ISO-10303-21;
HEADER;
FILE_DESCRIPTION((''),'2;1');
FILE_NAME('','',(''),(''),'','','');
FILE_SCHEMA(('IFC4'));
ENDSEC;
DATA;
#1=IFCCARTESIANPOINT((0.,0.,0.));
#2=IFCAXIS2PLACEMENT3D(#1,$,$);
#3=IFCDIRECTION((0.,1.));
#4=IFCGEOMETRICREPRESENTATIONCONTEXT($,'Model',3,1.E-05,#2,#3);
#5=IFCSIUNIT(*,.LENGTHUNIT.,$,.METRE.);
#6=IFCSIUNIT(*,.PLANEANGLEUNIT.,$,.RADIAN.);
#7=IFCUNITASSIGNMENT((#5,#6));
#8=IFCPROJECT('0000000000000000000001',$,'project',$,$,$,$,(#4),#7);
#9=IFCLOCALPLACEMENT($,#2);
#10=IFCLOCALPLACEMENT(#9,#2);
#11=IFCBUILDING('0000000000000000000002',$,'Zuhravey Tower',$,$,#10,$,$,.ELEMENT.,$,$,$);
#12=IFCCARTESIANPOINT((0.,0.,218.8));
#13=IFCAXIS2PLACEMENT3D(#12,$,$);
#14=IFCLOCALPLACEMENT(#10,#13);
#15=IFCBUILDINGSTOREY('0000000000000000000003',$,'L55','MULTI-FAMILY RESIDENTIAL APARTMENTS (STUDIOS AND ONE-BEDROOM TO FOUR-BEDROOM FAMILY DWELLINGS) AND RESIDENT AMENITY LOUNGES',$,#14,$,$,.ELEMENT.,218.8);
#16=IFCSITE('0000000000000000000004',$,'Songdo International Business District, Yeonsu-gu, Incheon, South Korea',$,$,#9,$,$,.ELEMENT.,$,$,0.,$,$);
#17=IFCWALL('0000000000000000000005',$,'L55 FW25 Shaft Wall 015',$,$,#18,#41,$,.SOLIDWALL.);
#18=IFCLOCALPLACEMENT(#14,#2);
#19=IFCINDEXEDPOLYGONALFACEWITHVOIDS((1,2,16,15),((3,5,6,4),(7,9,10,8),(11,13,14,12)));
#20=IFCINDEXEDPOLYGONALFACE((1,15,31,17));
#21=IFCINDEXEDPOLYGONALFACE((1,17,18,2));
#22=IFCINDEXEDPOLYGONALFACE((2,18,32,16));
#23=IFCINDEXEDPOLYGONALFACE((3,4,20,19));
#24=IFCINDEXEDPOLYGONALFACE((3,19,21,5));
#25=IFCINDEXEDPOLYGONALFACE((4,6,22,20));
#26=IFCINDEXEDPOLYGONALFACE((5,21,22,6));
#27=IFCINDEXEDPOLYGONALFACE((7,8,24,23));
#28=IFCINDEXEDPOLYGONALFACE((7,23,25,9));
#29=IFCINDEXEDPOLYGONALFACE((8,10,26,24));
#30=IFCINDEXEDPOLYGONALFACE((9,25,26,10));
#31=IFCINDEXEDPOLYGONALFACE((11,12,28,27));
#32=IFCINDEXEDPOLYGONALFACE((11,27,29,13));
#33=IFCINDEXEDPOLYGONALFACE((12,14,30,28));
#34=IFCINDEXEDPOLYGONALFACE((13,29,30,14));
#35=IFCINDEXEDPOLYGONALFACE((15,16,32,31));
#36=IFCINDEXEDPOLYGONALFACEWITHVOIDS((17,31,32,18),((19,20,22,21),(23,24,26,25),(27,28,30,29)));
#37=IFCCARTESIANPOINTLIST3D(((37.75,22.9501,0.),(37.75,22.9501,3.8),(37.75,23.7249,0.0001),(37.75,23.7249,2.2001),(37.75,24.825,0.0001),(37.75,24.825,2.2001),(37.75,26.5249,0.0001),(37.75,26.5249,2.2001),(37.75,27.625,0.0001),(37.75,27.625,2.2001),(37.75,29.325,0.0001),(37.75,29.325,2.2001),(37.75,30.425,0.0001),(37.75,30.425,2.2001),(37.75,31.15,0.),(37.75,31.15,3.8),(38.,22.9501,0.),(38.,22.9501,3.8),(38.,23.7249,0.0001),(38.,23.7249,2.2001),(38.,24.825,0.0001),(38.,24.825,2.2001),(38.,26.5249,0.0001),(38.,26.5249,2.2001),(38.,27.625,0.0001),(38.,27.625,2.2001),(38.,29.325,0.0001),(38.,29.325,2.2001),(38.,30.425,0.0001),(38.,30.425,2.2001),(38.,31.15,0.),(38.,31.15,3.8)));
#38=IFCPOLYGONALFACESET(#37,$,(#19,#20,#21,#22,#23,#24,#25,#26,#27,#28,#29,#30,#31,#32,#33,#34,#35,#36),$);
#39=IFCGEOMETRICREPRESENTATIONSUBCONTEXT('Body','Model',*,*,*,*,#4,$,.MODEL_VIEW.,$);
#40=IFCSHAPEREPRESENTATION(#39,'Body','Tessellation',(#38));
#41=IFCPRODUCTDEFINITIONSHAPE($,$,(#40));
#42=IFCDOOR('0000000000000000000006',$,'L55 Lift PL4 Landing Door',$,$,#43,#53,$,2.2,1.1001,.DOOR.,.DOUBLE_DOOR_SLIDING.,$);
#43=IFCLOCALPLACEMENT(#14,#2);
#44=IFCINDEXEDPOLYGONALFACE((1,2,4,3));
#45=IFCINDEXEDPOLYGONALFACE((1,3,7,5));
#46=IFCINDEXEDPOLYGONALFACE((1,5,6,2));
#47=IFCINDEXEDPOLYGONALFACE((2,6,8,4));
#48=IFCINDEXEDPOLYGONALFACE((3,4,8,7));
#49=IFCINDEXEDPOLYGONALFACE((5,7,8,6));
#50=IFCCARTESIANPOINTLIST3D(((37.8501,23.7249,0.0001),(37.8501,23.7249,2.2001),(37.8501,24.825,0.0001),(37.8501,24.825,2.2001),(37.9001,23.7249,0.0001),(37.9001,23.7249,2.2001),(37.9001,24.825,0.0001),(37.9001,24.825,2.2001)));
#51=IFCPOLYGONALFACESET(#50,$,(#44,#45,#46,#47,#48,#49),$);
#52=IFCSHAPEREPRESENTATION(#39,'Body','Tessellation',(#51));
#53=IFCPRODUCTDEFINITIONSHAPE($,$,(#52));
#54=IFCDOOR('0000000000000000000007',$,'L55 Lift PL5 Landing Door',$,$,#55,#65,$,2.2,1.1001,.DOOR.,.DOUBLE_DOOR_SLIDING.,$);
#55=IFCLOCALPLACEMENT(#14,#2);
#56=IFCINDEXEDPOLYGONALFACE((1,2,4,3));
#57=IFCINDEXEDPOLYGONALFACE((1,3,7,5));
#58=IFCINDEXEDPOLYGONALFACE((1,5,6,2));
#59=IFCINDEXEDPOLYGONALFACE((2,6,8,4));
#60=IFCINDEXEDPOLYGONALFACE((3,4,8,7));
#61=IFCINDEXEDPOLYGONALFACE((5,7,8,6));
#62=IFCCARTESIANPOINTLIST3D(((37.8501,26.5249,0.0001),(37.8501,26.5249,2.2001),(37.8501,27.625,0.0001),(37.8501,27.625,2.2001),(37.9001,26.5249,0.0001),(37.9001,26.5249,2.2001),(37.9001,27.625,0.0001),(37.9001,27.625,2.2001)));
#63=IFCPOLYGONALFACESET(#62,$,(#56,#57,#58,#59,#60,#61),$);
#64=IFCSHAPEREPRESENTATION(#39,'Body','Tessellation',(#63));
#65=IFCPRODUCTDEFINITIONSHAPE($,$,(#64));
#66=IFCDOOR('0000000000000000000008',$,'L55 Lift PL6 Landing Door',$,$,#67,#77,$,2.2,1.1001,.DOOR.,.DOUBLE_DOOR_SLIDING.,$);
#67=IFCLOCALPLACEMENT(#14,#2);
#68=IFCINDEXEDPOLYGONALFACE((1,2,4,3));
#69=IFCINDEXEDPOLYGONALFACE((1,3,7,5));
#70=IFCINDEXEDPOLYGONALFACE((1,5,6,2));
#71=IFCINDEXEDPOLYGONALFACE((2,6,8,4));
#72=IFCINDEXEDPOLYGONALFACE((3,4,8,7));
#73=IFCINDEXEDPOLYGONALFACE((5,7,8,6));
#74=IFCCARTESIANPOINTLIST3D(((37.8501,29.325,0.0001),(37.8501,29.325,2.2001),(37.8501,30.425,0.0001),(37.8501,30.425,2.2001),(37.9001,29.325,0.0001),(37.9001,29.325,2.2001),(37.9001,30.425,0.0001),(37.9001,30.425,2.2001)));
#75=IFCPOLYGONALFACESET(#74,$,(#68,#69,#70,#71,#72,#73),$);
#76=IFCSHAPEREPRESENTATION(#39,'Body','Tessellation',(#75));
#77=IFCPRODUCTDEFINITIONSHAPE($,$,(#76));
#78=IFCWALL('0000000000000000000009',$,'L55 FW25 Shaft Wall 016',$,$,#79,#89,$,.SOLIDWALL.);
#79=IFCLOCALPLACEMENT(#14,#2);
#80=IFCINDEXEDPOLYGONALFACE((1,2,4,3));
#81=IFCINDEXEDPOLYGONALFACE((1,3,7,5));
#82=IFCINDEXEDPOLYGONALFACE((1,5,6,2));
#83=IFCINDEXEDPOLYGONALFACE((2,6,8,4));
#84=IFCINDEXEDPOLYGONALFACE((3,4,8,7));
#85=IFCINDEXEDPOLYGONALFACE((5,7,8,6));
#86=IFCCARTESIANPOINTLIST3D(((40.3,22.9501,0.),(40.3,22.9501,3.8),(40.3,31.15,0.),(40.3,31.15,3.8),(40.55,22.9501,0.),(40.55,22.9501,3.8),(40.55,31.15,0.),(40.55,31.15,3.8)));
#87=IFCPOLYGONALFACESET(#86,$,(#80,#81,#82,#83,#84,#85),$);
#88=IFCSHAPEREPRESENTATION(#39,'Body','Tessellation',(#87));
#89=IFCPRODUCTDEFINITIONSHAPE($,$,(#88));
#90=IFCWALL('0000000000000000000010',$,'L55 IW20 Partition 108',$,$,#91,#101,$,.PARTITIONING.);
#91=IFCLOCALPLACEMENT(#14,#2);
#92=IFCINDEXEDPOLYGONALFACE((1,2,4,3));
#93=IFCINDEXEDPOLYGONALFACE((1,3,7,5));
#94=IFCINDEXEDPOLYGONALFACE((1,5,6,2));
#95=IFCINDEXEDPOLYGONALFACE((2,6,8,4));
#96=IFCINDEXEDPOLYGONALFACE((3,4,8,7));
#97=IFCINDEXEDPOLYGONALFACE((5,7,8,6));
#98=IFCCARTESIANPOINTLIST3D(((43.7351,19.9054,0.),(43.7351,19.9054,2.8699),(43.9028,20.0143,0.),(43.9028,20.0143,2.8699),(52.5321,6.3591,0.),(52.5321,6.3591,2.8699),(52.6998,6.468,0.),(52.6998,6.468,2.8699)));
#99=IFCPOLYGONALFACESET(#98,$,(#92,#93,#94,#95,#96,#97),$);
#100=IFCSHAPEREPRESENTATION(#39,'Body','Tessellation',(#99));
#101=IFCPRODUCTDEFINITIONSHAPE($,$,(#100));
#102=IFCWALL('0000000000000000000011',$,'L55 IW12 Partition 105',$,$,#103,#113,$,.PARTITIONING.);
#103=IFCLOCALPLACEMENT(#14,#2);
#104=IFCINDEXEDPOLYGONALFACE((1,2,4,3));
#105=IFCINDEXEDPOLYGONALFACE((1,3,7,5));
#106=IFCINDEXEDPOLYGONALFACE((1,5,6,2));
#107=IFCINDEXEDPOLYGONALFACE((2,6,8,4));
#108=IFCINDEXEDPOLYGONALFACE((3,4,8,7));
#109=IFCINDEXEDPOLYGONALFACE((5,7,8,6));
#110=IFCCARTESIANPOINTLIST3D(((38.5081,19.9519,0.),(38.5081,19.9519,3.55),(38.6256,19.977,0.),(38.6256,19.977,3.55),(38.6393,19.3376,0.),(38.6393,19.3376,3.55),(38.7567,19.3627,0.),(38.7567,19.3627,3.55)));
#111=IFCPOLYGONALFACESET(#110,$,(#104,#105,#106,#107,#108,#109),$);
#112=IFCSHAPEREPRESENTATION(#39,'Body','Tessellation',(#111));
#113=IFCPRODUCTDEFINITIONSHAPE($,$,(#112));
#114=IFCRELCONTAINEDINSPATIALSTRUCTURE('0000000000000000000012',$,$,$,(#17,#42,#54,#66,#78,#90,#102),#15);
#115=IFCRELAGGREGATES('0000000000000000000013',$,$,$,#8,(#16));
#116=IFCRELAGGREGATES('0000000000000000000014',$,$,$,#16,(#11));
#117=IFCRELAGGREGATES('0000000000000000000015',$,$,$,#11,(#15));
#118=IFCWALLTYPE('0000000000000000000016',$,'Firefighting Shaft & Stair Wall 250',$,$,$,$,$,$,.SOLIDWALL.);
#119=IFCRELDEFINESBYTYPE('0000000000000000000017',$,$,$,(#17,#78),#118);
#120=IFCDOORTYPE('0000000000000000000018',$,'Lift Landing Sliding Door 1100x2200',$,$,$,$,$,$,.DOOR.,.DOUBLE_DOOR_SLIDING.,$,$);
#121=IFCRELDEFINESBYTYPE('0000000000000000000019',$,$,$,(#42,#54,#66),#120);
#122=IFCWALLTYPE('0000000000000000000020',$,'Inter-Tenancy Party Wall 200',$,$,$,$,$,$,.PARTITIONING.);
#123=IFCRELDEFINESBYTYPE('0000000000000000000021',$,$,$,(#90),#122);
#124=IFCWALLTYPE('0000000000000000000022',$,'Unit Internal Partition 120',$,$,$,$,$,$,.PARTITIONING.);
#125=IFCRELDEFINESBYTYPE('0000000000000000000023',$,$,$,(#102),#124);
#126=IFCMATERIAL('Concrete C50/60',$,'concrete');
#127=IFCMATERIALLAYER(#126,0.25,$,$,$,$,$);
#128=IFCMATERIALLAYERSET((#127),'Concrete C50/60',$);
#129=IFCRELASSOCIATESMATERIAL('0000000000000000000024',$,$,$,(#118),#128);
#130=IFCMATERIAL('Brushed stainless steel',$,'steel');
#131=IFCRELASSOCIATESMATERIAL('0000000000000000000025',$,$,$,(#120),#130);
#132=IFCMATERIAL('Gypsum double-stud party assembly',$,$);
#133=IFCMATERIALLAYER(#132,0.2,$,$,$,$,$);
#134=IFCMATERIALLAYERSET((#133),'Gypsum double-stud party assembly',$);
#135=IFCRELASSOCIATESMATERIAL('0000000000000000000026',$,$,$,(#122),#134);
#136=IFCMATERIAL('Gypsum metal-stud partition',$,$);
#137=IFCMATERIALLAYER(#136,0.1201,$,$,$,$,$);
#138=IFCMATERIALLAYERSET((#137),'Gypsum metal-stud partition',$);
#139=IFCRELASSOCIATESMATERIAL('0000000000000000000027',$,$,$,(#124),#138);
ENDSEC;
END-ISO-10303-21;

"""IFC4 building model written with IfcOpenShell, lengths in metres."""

from ifc_helpers import new_model, si_unit, direction, frame, frame_2d, origin, place, context, subcontext, project, spatial, rectangle, extrude, material, layer, layer_set, type_object, element, fill, save


model = new_model("IFC4")

# Units and contexts
model_context = context("Model", 3, precision=1e-05, world=origin(), true_north=direction((0.0, 1.0)))
body_context = subcontext(model_context, "Body", "Model", "MODEL_VIEW")
ifc_project = project(units=[si_unit("LENGTHUNIT", "METRE"), si_unit("PLANEANGLEUNIT", "RADIAN")], contexts=[model_context])

# Site, building, storey
site_placement = place(None, origin())
site = spatial("IfcSite", under=ifc_project, at=site_placement, Name="Songdo International Business District, Yeonsu-gu, Incheon, South Korea", CompositionType="ELEMENT", RefElevation=0.0)
building_placement = place(site_placement, origin())
building = spatial("IfcBuilding", under=site, at=building_placement, Name="Zuhravey Tower", CompositionType="ELEMENT")
storey_placement = place(building_placement, frame((0.0, 0.0, 218.8)))
storey = spatial("IfcBuildingStorey", under=building, at=storey_placement, Name="L55", Description="MULTI-FAMILY RESIDENTIAL APARTMENTS (STUDIOS AND ONE-BEDROOM TO FOUR-BEDROOM FAMILY DWELLINGS) AND RESIDENT AMENITY LOUNGES", CompositionType="ELEMENT", Elevation=218.8)

# Shared definitions
ifc_material_1 = material(Name="Concrete C50/60", Category="concrete")
ifc_layer_1 = layer(ifc_material_1, 0.25)
ifc_layer_set_1 = layer_set([ifc_layer_1], Name="Concrete C50/60")
wall_type_1 = type_object("IfcWallType", Name="Firefighting Shaft & Stair Wall 250", PredefinedType="SOLIDWALL", material=ifc_layer_set_1)

# Wall, openings, doors
wall_1_placement = place(storey_placement, frame((37.875, 22.95, 0.0), z_axis=(0.0, 0.0, 1.0), x_axis=(0.0, 1.0, 0.0)))
wall_1 = element("IfcWall", 1, at=wall_1_placement, inside=storey, type_object=wall_type_1, Name="L55 FW25 Shaft Wall 015", PredefinedType="SOLIDWALL", context=body_context, shape_type="SweptSolid", body=[
    extrude(rectangle(XDim=8.2, YDim=0.25, at=frame_2d((4.1001, 0.0))), origin(), (0.0, 0.0, 1.0), 3.8),
])
opening_1_placement = place(wall_1_placement, frame((0.7749, 0.0, 0.0)))
opening_1 = element("IfcOpeningElement", 2, at=opening_1_placement, cuts=wall_1, PredefinedType="OPENING", context=body_context, shape_type="SweptSolid", body=[
    extrude(rectangle(XDim=1.1001, YDim=2.2, at=frame_2d((0.55, 1.1001))), frame((0.0, 0.137, 0.0), z_axis=(0.0, -1.0, 0.0), x_axis=(1.0, 0.0, 0.0)), (0.0, 0.0, 1.0), 0.2739),
])
opening_2_placement = place(wall_1_placement, frame((3.575, 0.0, 0.0)))
opening_2 = element("IfcOpeningElement", 3, at=opening_2_placement, cuts=wall_1, PredefinedType="OPENING", context=body_context, shape_type="SweptSolid", body=[
    extrude(rectangle(XDim=1.1001, YDim=2.2, at=frame_2d((0.55, 1.1001))), frame((0.0, 0.137, 0.0), z_axis=(0.0, -1.0, 0.0), x_axis=(1.0, 0.0, 0.0)), (0.0, 0.0, 1.0), 0.2739),
])
opening_3_placement = place(wall_1_placement, frame((6.375, 0.0, 0.0)))
opening_3 = element("IfcOpeningElement", 4, at=opening_3_placement, cuts=wall_1, PredefinedType="OPENING", context=body_context, shape_type="SweptSolid", body=[
    extrude(rectangle(XDim=1.1001, YDim=2.2, at=frame_2d((0.55, 1.1001))), frame((0.0, 0.137, 0.0), z_axis=(0.0, -1.0, 0.0), x_axis=(1.0, 0.0, 0.0)), (0.0, 0.0, 1.0), 0.2739),
])
ifc_material_2 = material(Name="Brushed stainless steel", Category="steel")
door_type_1 = type_object("IfcDoorType", Name="Lift Landing Sliding Door 1100x2200", OperationType="DOUBLE_DOOR_SLIDING", PredefinedType="DOOR", material=ifc_material_2)
door_1_placement = place(opening_1_placement, origin())
door_1 = element("IfcDoor", 5, at=door_1_placement, inside=storey, type_object=door_type_1, Name="L55 Lift PL4 Landing Door", OperationType="DOUBLE_DOOR_SLIDING", OverallHeight=2.2, OverallWidth=1.1001, PredefinedType="DOOR", context=body_context, shape_type="SweptSolid", body=[
    extrude(rectangle(XDim=1.1001, YDim=2.2, at=frame_2d((0.55, 1.1001))), frame((0.0, 0.0249, 0.0), z_axis=(0.0, -1.0, 0.0), x_axis=(1.0, 0.0, 0.0)), (0.0, 0.0, 1.0), 0.05),
])
fill(opening_1, door_1)
door_2_placement = place(opening_2_placement, origin())
door_2 = element("IfcDoor", 6, at=door_2_placement, inside=storey, type_object=door_type_1, Name="L55 Lift PL5 Landing Door", OperationType="DOUBLE_DOOR_SLIDING", OverallHeight=2.2, OverallWidth=1.1001, PredefinedType="DOOR", context=body_context, shape_type="SweptSolid", body=[
    extrude(rectangle(XDim=1.1001, YDim=2.2, at=frame_2d((0.55, 1.1001))), frame((0.0, 0.0249, 0.0), z_axis=(0.0, -1.0, 0.0), x_axis=(1.0, 0.0, 0.0)), (0.0, 0.0, 1.0), 0.05),
])
fill(opening_2, door_2)
door_3_placement = place(opening_3_placement, origin())
door_3 = element("IfcDoor", 7, at=door_3_placement, inside=storey, type_object=door_type_1, Name="L55 Lift PL6 Landing Door", OperationType="DOUBLE_DOOR_SLIDING", OverallHeight=2.2, OverallWidth=1.1001, PredefinedType="DOOR", context=body_context, shape_type="SweptSolid", body=[
    extrude(rectangle(XDim=1.1001, YDim=2.2, at=frame_2d((0.55, 1.1001))), frame((0.0, 0.0249, 0.0), z_axis=(0.0, -1.0, 0.0), x_axis=(1.0, 0.0, 0.0)), (0.0, 0.0, 1.0), 0.05),
])
fill(opening_3, door_3)

# Walls
wall_2_placement = place(storey_placement, frame((40.425, 22.95, 0.0), z_axis=(0.0, 0.0, 1.0), x_axis=(0.0, 1.0, 0.0)))
element("IfcWall", 8, at=wall_2_placement, inside=storey, type_object=wall_type_1, Name="L55 FW25 Shaft Wall 016", PredefinedType="SOLIDWALL", context=body_context, shape_type="SweptSolid", body=[
    extrude(rectangle(XDim=8.2, YDim=0.25, at=frame_2d((4.1001, 0.0))), origin(), (0.0, 0.0, 1.0), 3.8),
])
ifc_material_3 = material(Name="Gypsum double-stud party assembly")
ifc_layer_2 = layer(ifc_material_3, 0.2)
ifc_layer_set_2 = layer_set([ifc_layer_2], Name="Gypsum double-stud party assembly")
wall_type_2 = type_object("IfcWallType", Name="Inter-Tenancy Party Wall 200", PredefinedType="PARTITIONING", material=ifc_layer_set_2)
wall_3_placement = place(storey_placement, frame((43.8188, 19.96, 0.0), z_axis=(0.0, 0.0, 1.0), x_axis=(0.544639, -0.838671, 0.0)))
element("IfcWall", 9, at=wall_3_placement, inside=storey, type_object=wall_type_2, Name="L55 IW20 Partition 108", PredefinedType="PARTITIONING", context=body_context, shape_type="SweptSolid", body=[
    extrude(rectangle(XDim=16.1521, YDim=0.2, at=frame_2d((8.0762, 0.0))), origin(), (0.0, 0.0, 1.0), 2.8699),
])
ifc_material_4 = material(Name="Gypsum metal-stud partition")
ifc_layer_3 = layer(ifc_material_4, 0.1201)
ifc_layer_set_3 = layer_set([ifc_layer_3], Name="Gypsum metal-stud partition")
wall_type_3 = type_object("IfcWallType", Name="Unit Internal Partition 120", PredefinedType="PARTITIONING", material=ifc_layer_set_3)
wall_4_placement = place(storey_placement, frame((38.5669, 19.9644, 0.0), z_axis=(0.0, 0.0, 1.0), x_axis=(0.208733, -0.977973, 0.0)))
element("IfcWall", 10, at=wall_4_placement, inside=storey, type_object=wall_type_3, Name="L55 IW12 Partition 105", PredefinedType="PARTITIONING", context=body_context, shape_type="SweptSolid", body=[
    extrude(rectangle(XDim=0.6282, YDim=0.1201, at=frame_2d((0.314, 0.0))), origin(), (0.0, 0.0, 1.0), 3.55),
])

save(model, "model.ifc")
